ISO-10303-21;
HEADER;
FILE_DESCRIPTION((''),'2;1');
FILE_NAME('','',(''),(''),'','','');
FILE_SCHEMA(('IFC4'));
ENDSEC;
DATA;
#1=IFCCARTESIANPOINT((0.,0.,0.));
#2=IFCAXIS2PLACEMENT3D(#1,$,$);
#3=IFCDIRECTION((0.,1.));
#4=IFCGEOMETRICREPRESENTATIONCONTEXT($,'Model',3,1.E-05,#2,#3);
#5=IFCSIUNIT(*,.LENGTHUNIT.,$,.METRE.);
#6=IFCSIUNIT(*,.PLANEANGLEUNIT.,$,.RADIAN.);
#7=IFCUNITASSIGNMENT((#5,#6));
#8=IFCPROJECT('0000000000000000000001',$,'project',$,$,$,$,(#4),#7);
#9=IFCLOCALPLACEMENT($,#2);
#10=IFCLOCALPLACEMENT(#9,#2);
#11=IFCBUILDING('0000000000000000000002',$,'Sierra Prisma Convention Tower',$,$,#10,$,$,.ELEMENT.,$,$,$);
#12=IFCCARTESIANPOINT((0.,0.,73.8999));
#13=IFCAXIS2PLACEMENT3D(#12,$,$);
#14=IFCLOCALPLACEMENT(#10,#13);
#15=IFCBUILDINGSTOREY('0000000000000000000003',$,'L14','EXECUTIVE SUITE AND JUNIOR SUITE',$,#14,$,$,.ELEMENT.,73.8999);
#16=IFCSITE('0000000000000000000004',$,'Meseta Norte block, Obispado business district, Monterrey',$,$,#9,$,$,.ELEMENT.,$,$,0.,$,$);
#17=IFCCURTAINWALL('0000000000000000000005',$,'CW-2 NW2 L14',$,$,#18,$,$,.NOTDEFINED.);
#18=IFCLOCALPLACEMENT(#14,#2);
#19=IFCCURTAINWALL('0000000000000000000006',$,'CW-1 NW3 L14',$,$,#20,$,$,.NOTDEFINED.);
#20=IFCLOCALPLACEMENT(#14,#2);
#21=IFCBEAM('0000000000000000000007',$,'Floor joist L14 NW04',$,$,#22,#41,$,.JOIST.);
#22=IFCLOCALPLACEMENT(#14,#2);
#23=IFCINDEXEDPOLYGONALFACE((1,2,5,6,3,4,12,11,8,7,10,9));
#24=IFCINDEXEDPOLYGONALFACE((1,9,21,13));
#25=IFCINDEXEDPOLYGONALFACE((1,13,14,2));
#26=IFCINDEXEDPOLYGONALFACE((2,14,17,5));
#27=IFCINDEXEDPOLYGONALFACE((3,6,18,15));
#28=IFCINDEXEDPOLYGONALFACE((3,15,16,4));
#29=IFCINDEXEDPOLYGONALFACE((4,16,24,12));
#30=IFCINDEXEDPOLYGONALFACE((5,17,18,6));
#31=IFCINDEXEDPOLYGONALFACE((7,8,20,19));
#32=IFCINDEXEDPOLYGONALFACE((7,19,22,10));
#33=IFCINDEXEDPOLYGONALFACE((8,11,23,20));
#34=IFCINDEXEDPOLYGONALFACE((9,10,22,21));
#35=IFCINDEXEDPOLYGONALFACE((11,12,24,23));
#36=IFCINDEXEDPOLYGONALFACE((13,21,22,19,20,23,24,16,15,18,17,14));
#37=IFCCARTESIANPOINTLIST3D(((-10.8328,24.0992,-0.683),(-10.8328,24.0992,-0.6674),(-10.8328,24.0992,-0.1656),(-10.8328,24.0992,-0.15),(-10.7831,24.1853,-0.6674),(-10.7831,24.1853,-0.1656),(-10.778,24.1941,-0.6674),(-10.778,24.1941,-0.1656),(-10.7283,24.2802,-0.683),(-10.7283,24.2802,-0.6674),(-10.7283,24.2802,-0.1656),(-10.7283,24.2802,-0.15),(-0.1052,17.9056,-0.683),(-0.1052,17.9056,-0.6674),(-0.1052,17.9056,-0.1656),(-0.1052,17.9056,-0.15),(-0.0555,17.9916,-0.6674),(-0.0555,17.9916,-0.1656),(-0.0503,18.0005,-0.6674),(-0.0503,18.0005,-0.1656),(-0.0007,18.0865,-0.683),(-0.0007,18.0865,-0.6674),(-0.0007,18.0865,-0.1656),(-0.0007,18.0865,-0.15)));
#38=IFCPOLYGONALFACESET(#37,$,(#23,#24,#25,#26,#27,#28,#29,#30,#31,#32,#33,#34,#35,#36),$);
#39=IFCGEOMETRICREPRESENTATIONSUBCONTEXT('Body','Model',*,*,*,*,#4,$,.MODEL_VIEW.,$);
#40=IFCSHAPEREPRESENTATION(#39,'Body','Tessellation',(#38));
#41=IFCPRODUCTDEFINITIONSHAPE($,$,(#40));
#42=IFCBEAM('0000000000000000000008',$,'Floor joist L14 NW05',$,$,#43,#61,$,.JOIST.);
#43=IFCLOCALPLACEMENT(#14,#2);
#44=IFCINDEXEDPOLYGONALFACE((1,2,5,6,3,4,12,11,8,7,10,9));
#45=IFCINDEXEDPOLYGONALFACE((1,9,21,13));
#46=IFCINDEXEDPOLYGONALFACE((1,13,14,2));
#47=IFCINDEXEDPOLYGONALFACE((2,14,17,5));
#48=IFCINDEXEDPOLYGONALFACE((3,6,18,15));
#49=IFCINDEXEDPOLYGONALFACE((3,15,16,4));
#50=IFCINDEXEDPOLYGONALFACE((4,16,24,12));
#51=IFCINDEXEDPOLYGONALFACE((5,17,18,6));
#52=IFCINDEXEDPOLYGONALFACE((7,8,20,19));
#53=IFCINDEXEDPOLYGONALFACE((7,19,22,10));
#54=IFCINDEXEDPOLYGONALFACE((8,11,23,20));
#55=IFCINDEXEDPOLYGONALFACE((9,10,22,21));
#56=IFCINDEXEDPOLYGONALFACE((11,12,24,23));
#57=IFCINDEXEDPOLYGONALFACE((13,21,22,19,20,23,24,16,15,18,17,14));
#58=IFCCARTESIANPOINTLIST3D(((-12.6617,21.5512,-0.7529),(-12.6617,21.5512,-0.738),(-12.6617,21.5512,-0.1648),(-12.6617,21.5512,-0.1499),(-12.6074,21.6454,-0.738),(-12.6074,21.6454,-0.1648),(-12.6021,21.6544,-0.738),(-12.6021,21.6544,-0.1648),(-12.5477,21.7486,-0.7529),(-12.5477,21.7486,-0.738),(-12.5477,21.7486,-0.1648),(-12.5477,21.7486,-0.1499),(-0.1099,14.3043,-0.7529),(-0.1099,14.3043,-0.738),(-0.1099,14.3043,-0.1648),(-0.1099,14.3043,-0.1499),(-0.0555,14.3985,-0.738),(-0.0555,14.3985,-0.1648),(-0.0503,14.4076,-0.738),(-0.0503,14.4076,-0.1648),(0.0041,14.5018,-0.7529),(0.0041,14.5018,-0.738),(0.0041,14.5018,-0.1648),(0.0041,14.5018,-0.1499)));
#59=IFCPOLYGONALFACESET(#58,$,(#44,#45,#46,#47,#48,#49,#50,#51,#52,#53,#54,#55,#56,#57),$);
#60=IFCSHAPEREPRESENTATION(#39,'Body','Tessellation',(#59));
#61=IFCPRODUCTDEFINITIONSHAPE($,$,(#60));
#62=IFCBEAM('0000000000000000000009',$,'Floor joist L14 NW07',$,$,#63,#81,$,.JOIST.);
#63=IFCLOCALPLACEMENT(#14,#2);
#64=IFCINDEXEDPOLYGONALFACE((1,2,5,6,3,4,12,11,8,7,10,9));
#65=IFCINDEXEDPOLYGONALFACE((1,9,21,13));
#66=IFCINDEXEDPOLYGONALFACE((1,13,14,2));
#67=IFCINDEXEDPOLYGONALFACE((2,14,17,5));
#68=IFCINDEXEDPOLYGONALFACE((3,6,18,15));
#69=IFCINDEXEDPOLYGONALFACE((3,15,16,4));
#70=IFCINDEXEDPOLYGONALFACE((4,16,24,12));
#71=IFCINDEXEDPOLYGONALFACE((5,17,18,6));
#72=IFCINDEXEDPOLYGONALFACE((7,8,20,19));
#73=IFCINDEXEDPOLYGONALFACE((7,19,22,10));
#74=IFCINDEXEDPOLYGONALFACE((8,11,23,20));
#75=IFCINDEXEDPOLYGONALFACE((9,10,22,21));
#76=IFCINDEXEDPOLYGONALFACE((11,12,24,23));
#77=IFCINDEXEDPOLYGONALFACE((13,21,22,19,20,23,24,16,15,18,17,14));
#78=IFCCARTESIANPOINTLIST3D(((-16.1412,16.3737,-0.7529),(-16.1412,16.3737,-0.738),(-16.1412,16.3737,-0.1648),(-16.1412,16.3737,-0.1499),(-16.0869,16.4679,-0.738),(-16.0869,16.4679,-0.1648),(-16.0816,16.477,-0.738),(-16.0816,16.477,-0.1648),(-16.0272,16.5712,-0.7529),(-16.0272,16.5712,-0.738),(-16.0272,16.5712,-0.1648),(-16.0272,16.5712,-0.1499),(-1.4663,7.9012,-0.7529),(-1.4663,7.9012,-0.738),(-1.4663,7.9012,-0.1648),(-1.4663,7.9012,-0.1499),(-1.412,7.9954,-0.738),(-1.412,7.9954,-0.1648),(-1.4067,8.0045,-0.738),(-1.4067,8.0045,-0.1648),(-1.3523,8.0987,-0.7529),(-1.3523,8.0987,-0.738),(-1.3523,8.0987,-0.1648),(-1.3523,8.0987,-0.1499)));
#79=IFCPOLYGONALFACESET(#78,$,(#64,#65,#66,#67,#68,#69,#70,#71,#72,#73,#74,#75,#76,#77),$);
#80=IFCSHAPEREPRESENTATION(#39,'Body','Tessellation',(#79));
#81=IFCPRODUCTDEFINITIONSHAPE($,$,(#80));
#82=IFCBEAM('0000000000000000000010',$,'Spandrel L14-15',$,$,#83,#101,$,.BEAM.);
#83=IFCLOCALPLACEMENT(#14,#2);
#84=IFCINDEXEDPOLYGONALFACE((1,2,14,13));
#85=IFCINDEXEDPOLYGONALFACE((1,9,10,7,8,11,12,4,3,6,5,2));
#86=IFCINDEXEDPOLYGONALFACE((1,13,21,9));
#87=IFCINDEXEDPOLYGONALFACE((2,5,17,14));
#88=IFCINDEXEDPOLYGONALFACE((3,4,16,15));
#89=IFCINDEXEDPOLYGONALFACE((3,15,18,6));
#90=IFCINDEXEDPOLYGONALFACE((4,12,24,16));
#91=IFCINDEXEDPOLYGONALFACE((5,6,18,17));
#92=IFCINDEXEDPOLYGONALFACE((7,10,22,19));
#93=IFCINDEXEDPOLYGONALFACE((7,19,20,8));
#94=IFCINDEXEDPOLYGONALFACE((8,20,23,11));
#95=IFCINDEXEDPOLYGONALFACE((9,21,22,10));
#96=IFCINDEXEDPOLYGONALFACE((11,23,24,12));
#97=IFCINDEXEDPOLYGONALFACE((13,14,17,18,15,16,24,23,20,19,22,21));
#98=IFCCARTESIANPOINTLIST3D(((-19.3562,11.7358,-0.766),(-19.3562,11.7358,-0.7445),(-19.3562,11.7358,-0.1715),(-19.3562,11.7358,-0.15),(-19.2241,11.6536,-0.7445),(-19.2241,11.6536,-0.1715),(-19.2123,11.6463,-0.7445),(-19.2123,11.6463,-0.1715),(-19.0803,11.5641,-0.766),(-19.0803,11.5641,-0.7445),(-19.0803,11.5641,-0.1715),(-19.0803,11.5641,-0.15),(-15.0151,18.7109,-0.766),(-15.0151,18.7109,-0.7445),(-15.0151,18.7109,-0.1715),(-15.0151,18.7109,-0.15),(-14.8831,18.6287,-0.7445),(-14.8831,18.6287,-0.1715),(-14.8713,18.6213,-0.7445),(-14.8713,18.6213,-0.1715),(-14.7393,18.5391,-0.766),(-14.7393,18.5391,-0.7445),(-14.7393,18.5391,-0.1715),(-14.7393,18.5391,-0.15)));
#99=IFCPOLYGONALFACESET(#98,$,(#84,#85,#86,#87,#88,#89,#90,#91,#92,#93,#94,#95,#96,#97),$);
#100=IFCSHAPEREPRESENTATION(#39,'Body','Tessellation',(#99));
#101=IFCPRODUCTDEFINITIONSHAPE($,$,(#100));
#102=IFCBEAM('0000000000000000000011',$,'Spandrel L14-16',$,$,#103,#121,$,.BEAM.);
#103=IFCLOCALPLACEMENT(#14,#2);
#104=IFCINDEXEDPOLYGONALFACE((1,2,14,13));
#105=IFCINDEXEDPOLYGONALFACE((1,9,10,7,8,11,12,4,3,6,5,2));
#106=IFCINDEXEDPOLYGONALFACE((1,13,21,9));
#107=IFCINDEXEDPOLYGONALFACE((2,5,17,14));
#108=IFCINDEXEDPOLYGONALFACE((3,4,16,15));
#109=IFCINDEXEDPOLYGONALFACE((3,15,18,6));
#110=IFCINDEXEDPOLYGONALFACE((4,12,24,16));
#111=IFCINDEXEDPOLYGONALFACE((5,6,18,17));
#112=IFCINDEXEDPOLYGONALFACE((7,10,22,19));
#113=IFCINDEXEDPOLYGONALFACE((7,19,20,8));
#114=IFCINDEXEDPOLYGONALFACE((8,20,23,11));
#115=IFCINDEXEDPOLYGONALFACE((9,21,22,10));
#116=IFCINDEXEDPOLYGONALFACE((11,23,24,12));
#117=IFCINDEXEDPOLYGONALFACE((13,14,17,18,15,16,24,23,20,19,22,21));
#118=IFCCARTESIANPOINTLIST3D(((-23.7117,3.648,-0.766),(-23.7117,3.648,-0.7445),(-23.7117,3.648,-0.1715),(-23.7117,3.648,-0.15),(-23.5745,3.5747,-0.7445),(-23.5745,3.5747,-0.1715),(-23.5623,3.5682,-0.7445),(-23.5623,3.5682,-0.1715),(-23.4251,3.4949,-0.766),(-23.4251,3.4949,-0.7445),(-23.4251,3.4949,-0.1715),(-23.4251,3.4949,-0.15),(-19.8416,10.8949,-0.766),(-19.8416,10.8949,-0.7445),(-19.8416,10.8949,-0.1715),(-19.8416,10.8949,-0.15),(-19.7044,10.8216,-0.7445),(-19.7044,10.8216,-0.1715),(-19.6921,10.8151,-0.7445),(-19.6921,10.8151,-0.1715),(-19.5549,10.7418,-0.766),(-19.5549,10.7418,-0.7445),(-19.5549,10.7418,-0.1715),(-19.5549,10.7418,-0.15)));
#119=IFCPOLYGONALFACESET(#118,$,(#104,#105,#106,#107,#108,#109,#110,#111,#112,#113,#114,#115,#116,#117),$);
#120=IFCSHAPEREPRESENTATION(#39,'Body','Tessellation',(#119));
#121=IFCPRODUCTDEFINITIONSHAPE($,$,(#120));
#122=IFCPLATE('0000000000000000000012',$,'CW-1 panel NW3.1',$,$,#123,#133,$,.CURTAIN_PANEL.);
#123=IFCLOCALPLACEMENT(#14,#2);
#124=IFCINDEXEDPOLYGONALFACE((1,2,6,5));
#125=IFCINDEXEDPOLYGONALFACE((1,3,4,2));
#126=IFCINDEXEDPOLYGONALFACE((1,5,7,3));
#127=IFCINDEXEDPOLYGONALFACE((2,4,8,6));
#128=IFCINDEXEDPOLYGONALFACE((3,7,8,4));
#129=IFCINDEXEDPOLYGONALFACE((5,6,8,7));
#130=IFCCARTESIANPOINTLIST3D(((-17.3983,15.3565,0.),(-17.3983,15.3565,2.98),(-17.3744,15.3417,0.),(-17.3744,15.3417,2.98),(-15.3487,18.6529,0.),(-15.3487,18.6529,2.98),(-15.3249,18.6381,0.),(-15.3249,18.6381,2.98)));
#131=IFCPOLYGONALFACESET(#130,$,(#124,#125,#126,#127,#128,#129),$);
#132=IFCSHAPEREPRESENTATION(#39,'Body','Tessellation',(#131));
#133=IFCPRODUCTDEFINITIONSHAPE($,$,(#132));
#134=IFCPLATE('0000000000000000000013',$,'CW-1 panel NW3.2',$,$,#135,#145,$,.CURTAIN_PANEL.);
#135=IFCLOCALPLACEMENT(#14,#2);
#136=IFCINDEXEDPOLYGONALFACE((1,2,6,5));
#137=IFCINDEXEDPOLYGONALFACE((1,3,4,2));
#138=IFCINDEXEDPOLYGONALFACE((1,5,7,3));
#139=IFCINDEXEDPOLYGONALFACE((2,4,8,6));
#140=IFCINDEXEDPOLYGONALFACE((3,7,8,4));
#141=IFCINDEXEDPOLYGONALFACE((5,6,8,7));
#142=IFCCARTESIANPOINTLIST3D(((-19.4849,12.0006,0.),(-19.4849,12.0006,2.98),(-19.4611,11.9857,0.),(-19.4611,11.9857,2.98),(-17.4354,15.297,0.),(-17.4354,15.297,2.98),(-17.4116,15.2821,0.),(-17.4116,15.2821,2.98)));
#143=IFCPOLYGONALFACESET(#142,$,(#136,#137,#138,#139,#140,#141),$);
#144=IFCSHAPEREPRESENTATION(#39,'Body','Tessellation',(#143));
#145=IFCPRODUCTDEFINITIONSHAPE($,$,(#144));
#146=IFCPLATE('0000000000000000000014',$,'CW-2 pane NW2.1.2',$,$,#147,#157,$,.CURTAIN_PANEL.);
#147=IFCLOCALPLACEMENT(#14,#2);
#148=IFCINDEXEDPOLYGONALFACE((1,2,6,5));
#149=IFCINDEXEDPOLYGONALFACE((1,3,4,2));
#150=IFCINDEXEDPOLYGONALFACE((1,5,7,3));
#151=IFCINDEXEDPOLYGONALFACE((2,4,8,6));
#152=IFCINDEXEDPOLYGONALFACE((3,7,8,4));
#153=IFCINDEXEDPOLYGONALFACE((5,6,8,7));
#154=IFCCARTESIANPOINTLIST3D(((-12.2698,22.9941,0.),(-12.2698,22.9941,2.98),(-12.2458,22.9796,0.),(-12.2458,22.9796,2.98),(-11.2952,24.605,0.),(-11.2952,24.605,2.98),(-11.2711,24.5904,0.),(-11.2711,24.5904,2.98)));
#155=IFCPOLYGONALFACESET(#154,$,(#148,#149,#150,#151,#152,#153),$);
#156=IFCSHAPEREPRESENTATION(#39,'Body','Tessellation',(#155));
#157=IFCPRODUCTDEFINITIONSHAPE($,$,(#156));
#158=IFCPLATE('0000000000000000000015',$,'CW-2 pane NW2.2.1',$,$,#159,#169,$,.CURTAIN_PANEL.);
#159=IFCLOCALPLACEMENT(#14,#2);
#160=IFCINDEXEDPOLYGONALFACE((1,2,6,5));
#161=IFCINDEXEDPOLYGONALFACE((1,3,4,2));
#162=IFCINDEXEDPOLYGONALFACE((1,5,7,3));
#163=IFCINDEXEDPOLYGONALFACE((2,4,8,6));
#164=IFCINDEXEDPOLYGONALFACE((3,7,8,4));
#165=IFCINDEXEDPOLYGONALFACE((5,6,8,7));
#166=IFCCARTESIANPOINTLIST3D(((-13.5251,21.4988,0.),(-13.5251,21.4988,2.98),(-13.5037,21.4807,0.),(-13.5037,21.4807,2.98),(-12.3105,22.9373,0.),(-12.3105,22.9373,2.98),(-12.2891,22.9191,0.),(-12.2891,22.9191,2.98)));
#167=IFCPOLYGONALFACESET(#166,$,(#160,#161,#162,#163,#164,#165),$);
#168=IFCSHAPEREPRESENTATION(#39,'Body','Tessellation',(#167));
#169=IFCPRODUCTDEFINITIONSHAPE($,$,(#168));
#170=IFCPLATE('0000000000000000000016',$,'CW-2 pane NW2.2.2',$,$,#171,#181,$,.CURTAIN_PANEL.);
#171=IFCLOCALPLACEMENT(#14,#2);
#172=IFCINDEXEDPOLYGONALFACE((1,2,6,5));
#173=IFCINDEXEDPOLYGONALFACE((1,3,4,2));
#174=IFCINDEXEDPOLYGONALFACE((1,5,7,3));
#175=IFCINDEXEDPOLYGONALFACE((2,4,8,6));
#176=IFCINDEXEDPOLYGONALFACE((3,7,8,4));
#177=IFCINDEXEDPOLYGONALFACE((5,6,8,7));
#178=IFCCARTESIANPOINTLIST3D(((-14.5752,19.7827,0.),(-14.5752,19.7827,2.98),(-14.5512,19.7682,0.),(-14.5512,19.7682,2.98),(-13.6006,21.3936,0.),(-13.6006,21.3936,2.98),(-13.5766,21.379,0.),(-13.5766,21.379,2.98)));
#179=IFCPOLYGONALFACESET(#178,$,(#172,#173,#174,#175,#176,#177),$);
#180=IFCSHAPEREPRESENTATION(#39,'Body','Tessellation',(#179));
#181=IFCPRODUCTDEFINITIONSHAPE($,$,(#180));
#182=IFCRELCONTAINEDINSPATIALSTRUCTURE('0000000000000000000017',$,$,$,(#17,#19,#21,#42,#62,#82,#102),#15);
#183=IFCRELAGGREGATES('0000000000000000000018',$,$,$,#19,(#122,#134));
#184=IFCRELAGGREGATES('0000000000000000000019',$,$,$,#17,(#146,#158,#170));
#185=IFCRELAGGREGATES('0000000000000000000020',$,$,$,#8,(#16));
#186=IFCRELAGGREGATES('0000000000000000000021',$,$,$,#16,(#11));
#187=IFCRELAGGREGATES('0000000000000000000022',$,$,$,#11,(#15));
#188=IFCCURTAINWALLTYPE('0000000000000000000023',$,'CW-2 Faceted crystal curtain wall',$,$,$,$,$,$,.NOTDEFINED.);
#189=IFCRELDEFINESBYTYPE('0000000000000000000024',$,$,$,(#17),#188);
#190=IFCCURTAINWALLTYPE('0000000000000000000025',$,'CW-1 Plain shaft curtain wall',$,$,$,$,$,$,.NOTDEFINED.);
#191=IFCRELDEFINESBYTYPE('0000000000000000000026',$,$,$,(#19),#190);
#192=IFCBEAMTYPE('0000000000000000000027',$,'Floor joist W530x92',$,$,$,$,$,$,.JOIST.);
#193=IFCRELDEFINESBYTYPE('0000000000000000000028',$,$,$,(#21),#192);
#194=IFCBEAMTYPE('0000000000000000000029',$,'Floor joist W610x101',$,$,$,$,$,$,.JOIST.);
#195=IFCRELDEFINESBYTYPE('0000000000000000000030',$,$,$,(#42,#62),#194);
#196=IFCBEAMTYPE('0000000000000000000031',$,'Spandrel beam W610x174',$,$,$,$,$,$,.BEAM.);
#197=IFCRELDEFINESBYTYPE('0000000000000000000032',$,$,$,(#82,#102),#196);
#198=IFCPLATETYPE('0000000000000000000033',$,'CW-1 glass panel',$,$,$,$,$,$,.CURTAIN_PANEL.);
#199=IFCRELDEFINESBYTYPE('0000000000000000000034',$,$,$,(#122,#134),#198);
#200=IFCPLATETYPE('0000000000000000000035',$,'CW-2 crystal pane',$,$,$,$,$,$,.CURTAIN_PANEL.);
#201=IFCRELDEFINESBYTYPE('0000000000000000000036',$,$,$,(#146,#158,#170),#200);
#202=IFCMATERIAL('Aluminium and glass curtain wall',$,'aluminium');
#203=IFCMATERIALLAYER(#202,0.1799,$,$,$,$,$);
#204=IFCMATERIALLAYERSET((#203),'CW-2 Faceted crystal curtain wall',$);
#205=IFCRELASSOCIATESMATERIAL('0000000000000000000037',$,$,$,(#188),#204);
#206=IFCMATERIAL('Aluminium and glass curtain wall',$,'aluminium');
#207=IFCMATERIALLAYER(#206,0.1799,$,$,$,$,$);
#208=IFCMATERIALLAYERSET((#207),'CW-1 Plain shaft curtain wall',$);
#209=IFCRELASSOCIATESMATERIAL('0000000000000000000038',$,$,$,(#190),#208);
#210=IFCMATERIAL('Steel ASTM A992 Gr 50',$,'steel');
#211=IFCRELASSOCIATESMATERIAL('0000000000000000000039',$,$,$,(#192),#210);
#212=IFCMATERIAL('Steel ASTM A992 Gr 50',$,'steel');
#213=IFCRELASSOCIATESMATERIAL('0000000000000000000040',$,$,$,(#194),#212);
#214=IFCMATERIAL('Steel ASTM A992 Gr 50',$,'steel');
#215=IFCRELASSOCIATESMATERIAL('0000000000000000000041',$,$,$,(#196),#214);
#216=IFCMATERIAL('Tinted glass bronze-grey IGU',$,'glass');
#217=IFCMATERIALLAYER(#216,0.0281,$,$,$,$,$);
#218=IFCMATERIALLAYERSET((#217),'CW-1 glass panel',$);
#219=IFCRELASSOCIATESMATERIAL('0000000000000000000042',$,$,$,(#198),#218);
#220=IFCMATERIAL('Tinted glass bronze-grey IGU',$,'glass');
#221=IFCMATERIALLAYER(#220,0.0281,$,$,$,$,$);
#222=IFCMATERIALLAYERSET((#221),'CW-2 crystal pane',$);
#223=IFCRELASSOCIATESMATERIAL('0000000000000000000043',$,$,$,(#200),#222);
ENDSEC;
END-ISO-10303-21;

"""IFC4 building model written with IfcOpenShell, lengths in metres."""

from ifc_helpers import new_model, si_unit, direction, frame, origin, origin_2d, place, context, subcontext, project, spatial, polyline, rectangle, i_section, outline, extrude, material, layer, layer_set, material_profile, profile_set, type_object, element, aggregate, save


model = new_model("IFC4")

# Units and contexts
model_context = context("Model", 3, precision=1e-05, world=origin(), true_north=direction((0.0, 1.0)))
body_context = subcontext(model_context, "Body", "Model", "MODEL_VIEW")
ifc_project = project(units=[si_unit("LENGTHUNIT", "METRE"), si_unit("PLANEANGLEUNIT", "RADIAN")], contexts=[model_context])

# Site, building, storey
site_placement = place(None, origin())
site = spatial("IfcSite", under=ifc_project, at=site_placement, Name="Meseta Norte block, Obispado business district, Monterrey", CompositionType="ELEMENT", RefElevation=0.0)
building_placement = place(site_placement, origin())
building = spatial("IfcBuilding", under=site, at=building_placement, Name="Sierra Prisma Convention Tower", CompositionType="ELEMENT")
storey_placement = place(building_placement, frame((0.0, 0.0, 73.8999)))
storey = spatial("IfcBuildingStorey", under=building, at=storey_placement, Name="L14", Description="EXECUTIVE SUITE AND JUNIOR SUITE", CompositionType="ELEMENT", Elevation=73.8999)

# Curtain walls
ifc_material_1 = material(Name="Aluminium and glass curtain wall", Category="aluminium")
ifc_layer_1 = layer(ifc_material_1, 0.1799)
ifc_layer_set_1 = layer_set([ifc_layer_1], Name="CW-2 Faceted crystal curtain wall")
curtain_wall_type_1 = type_object("IfcCurtainWallType", Name="CW-2 Faceted crystal curtain wall", PredefinedType="NOTDEFINED", material=ifc_layer_set_1)
curtain_wall_1_placement = place(storey_placement, origin())
curtain_wall_1 = element("IfcCurtainWall", 1, at=curtain_wall_1_placement, inside=storey, type_object=curtain_wall_type_1, Name="CW-2 NW2 L14", PredefinedType="NOTDEFINED")
ifc_material_2 = material(Name="Aluminium and glass curtain wall", Category="aluminium")
ifc_layer_2 = layer(ifc_material_2, 0.1799)
ifc_layer_set_2 = layer_set([ifc_layer_2], Name="CW-1 Plain shaft curtain wall")
curtain_wall_type_2 = type_object("IfcCurtainWallType", Name="CW-1 Plain shaft curtain wall", PredefinedType="NOTDEFINED", material=ifc_layer_set_2)
curtain_wall_2_placement = place(storey_placement, origin())
curtain_wall_2 = element("IfcCurtainWall", 2, at=curtain_wall_2_placement, inside=storey, type_object=curtain_wall_type_2, Name="CW-1 NW3 L14", PredefinedType="NOTDEFINED")

# Beams
ifc_material_3 = material(Name="Steel ASTM A992 Gr 50", Category="steel")
ifc_material_profile_1 = material_profile(ifc_material_3, i_section(OverallWidth=0.209, OverallDepth=0.533, WebThickness=0.0103, FlangeThickness=0.0156, at=origin_2d()), Name="W530x92")
ifc_profile_set_1 = profile_set([ifc_material_profile_1], Name="Steel ASTM A992 Gr 50")
beam_type_1 = type_object("IfcBeamType", Name="Floor joist W530x92", PredefinedType="JOIST", material=ifc_profile_set_1)
beam_1_placement = place(storey_placement, frame((-10.7805, 24.1897, -0.4165), z_axis=(0.866023, -0.500003, 0.0), x_axis=(0.500003, 0.866023, 0.0)))
element("IfcBeam", 3, at=beam_1_placement, inside=storey, type_object=beam_type_1, Name="Floor joist L14 NW04", PredefinedType="JOIST", context=body_context, shape_type="SweptSolid", body=[
    extrude(i_section(OverallWidth=0.209, OverallDepth=0.533, WebThickness=0.0103, FlangeThickness=0.0156, at=origin_2d()), origin(), (0.0, 0.0, 1.0), 12.3872),
])
ifc_material_4 = material(Name="Steel ASTM A992 Gr 50", Category="steel")
ifc_material_profile_2 = material_profile(ifc_material_4, i_section(OverallWidth=0.228, OverallDepth=0.603, WebThickness=0.0105, FlangeThickness=0.0149, at=origin_2d()), Name="W610x101")
ifc_profile_set_2 = profile_set([ifc_material_profile_2], Name="Steel ASTM A992 Gr 50")
beam_type_2 = type_object("IfcBeamType", Name="Floor joist W610x101", PredefinedType="JOIST", material=ifc_profile_set_2)
beam_2_placement = place(storey_placement, frame((-12.6047, 21.6499, -0.4514), z_axis=(0.866023, -0.500003, 0.0), x_axis=(0.500003, 0.866023, 0.0)))
element("IfcBeam", 4, at=beam_2_placement, inside=storey, type_object=beam_type_2, Name="Floor joist L14 NW05", PredefinedType="JOIST", context=body_context, shape_type="SweptSolid", body=[
    extrude(i_section(OverallWidth=0.228, OverallDepth=0.603, WebThickness=0.0105, FlangeThickness=0.0149, at=origin_2d()), origin(), (0.0, 0.0, 1.0), 14.4937),
])
beam_3_placement = place(storey_placement, frame((-16.0842, 16.4724, -0.4514), z_axis=(0.866028, -0.499996, 0.0), x_axis=(0.499996, 0.866028, 0.0)))
element("IfcBeam", 5, at=beam_3_placement, inside=storey, type_object=beam_type_2, Name="Floor joist L14 NW07", PredefinedType="JOIST", context=body_context, shape_type="SweptSolid", body=[
    extrude(i_section(OverallWidth=0.228, OverallDepth=0.603, WebThickness=0.0105, FlangeThickness=0.0149, at=origin_2d()), origin(), (0.0, 0.0, 1.0), 16.9451),
])
ifc_material_5 = material(Name="Steel ASTM A992 Gr 50", Category="steel")
ifc_material_profile_3 = material_profile(ifc_material_5, i_section(OverallWidth=0.325, OverallDepth=0.616, WebThickness=0.0139, FlangeThickness=0.0215, at=origin_2d()), Name="W610x174")
ifc_profile_set_3 = profile_set([ifc_material_profile_3], Name="Steel ASTM A992 Gr 50")
beam_type_3 = type_object("IfcBeamType", Name="Spandrel beam W610x174", PredefinedType="BEAM", material=ifc_profile_set_3)
for number, where, z_axis, x_axis, name in (
    (6, (-14.8772, 18.625, -0.458), (-0.52839, -0.849002, 0.0), (0.849002, -0.52839, 0.0), "Spandrel L14-15"),
    (7, (-19.6982, 10.8184, -0.458), (-0.471076, -0.882093, 0.0), (0.882093, -0.471076, 0.0), "Spandrel L14-16"),
):
    element("IfcBeam", number, at=place(storey_placement, frame(where, z_axis=z_axis, x_axis=x_axis)), inside=storey, type_object=beam_type_3, Name=name, PredefinedType="BEAM", context=body_context, shape_type="SweptSolid", body=[
        extrude(i_section(OverallWidth=0.325, OverallDepth=0.616, WebThickness=0.0139, FlangeThickness=0.0215, at=origin_2d()), origin(), (0.0, 0.0, 1.0), 8.2156),
    ])

# Plates
ifc_material_6 = material(Name="Tinted glass bronze-grey IGU", Category="glass")
ifc_layer_3 = layer(ifc_material_6, 0.0281)
ifc_layer_set_3 = layer_set([ifc_layer_3], Name="CW-1 glass panel")
plate_type_1 = type_object("IfcPlateType", Name="CW-1 glass panel", PredefinedType="CURTAIN_PANEL", material=ifc_layer_set_3)
plate_1_placement = place(storey_placement, frame((-16.3616, 16.9973, 0.0), z_axis=(0.0, 0.0, 1.0), x_axis=(-0.528011, -0.849237, 0.0)))
plate_1 = element("IfcPlate", 8, at=plate_1_placement, type_object=plate_type_1, Name="CW-1 panel NW3.1", PredefinedType="CURTAIN_PANEL", context=body_context, shape_type="SweptSolid", body=[
    extrude(rectangle(XDim=3.8816, YDim=0.0281, at=origin_2d()), origin(), (0.0, 0.0, 1.0), 2.98),
])
plate_2_placement = place(storey_placement, frame((-18.4482, 13.6414, 0.0), z_axis=(0.0, 0.0, 1.0), x_axis=(-0.528011, -0.849237, 0.0)))
plate_2 = element("IfcPlate", 9, at=plate_2_placement, type_object=plate_type_1, Name="CW-1 panel NW3.2", PredefinedType="CURTAIN_PANEL", context=body_context, shape_type="SweptSolid", body=[
    extrude(rectangle(XDim=3.8816, YDim=0.0281, at=origin_2d()), origin(), (0.0, 0.0, 1.0), 2.98),
])
aggregate(curtain_wall_2, [plate_1, plate_2])
ifc_material_7 = material(Name="Tinted glass bronze-grey IGU", Category="glass")
ifc_layer_4 = layer(ifc_material_7, 0.0281)
ifc_layer_set_4 = layer_set([ifc_layer_4], Name="CW-2 crystal pane")
plate_type_2 = type_object("IfcPlateType", Name="CW-2 crystal pane", PredefinedType="CURTAIN_PANEL", material=ifc_layer_set_4)
plate_3_placement = place(storey_placement, frame((-12.2698, 22.9941, 0.0), z_axis=(-0.855588, 0.517658, 0.0), x_axis=(0.517658, 0.855588, 0.0)))
plate_3 = element("IfcPlate", 10, at=plate_3_placement, type_object=plate_type_2, Name="CW-2 pane NW2.1.2", PredefinedType="CURTAIN_PANEL", context=body_context, shape_type="SweptSolid", body=[
    extrude(outline(polyline([(0.0, 0.0), (1.8827, 0.0), (1.8827, -2.98), (0.0, -2.98), (0.0, 0.0)])), origin(), (0.0, 0.0, -1.0), 0.0281),
])
plate_4_placement = place(storey_placement, frame((-12.3105, 22.9373, 0.0), z_axis=(-0.76406, 0.645145, 0.0), x_axis=(-0.645145, -0.76406, 0.0)))
plate_4 = element("IfcPlate", 11, at=plate_4_placement, type_object=plate_type_2, Name="CW-2 pane NW2.2.1", PredefinedType="CURTAIN_PANEL", context=body_context, shape_type="SweptSolid", body=[
    extrude(outline(polyline([(0.0, 0.0), (1.8827, 0.0), (1.8827, 2.98), (0.0, 2.98), (0.0, 0.0)])), origin(), (0.0, 0.0, -1.0), 0.0281),
])
plate_5_placement = place(storey_placement, frame((-14.5752, 19.7827, 0.0), z_axis=(-0.855588, 0.517658, 0.0), x_axis=(0.517658, 0.855588, 0.0)))
plate_5 = element("IfcPlate", 12, at=plate_5_placement, type_object=plate_type_2, Name="CW-2 pane NW2.2.2", PredefinedType="CURTAIN_PANEL", context=body_context, shape_type="SweptSolid", body=[
    extrude(outline(polyline([(0.0, 0.0), (1.8827, 0.0), (1.8827, -2.98), (0.0, -2.98), (0.0, 0.0)])), origin(), (0.0, 0.0, -1.0), 0.0281),
])
aggregate(curtain_wall_1, [plate_3, plate_4, plate_5])

save(model, "model.ifc")
